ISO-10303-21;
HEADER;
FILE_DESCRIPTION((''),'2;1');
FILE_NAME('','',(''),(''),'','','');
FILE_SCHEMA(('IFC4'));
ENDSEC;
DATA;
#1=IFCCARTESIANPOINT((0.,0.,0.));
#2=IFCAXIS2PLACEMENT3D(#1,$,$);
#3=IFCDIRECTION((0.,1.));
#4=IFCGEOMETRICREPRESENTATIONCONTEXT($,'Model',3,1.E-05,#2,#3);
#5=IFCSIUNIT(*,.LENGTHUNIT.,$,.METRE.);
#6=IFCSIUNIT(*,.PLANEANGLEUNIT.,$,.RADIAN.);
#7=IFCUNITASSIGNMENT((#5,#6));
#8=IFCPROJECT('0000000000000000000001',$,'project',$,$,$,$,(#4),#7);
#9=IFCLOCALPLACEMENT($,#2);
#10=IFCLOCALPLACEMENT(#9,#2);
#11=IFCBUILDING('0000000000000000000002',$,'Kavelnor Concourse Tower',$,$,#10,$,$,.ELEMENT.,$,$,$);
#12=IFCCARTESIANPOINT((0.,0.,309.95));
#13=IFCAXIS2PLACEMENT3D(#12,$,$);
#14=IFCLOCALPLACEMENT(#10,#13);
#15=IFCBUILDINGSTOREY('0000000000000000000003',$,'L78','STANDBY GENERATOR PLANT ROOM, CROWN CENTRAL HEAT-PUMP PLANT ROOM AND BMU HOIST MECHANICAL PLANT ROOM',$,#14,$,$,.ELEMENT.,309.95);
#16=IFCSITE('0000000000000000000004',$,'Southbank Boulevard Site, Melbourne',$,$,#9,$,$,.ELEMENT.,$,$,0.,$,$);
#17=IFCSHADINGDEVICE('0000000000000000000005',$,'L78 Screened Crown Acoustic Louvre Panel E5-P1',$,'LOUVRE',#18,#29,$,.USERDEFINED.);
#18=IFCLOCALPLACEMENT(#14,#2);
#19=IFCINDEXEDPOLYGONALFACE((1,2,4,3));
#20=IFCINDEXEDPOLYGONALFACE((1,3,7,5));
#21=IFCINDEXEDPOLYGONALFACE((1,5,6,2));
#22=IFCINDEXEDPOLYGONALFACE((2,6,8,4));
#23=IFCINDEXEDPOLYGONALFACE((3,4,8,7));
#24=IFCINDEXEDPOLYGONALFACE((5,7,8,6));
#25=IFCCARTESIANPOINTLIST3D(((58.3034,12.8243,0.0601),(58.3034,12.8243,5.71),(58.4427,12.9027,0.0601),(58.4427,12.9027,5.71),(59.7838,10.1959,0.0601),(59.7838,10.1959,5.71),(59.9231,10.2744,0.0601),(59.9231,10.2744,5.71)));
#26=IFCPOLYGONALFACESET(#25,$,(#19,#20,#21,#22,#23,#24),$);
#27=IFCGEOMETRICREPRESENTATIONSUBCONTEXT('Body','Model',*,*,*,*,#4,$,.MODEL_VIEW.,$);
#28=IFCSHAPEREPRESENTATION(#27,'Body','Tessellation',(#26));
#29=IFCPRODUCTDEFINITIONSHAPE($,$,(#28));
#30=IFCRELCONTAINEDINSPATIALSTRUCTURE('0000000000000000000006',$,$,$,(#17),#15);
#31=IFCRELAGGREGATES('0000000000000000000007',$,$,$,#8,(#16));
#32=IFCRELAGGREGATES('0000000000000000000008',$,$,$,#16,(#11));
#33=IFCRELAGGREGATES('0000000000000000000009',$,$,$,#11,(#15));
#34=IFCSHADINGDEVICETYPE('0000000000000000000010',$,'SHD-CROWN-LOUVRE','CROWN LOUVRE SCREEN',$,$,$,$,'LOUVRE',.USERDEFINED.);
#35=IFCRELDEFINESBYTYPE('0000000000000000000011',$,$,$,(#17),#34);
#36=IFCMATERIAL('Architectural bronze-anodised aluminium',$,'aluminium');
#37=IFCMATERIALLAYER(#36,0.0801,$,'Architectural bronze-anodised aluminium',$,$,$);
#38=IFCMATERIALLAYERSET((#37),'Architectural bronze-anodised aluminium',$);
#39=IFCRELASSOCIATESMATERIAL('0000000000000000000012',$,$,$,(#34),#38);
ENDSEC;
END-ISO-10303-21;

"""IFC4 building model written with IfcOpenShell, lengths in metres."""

from ifc_helpers import new_model, si_unit, direction, frame, origin, origin_2d, place, context, subcontext, project, spatial, rectangle, extrude, material, layer, layer_set, type_object, element, save


model = new_model("IFC4")

# Units and contexts
model_context = context("Model", 3, precision=1e-05, world=origin(), true_north=direction((0.0, 1.0)))
body_context = subcontext(model_context, "Body", "Model", "MODEL_VIEW")
ifc_project = project(units=[si_unit("LENGTHUNIT", "METRE"), si_unit("PLANEANGLEUNIT", "RADIAN")], contexts=[model_context])

# Site, building, storey
site_placement = place(None, origin())
site = spatial("IfcSite", under=ifc_project, at=site_placement, Name="Southbank Boulevard Site, Melbourne", CompositionType="ELEMENT", RefElevation=0.0)
building_placement = place(site_placement, origin())
building = spatial("IfcBuilding", under=site, at=building_placement, Name="Kavelnor Concourse Tower", CompositionType="ELEMENT")
storey_placement = place(building_placement, frame((0.0, 0.0, 309.95)))
storey = spatial("IfcBuildingStorey", under=building, at=storey_placement, Name="L78", Description="STANDBY GENERATOR PLANT ROOM, CROWN CENTRAL HEAT-PUMP PLANT ROOM AND BMU HOIST MECHANICAL PLANT ROOM", CompositionType="ELEMENT", Elevation=309.95)

# Shading device
ifc_material_1 = material(Name="Architectural bronze-anodised aluminium", Category="aluminium")
ifc_layer_1 = layer(ifc_material_1, 0.0801, Name="Architectural bronze-anodised aluminium")
ifc_layer_set_1 = layer_set([ifc_layer_1], Name="Architectural bronze-anodised aluminium")
shading_device_type = type_object("IfcShadingDeviceType", Name="SHD-CROWN-LOUVRE", Description="CROWN LOUVRE SCREEN", ElementType="LOUVRE", PredefinedType="USERDEFINED", material=ifc_layer_set_1)
shading_device_placement = place(storey_placement, frame((59.1133, 11.5493, 0.0601), z_axis=(0.0, 0.0, 1.0), x_axis=(-0.490752, 0.871299, 0.0)))
element("IfcShadingDevice", 1, at=shading_device_placement, inside=storey, type_object=shading_device_type, Name="L78 Screened Crown Acoustic Louvre Panel E5-P1", ObjectType="LOUVRE", PredefinedType="USERDEFINED", context=body_context, shape_type="SweptSolid", body=[
    extrude(rectangle(XDim=3.0166, YDim=0.1599, at=origin_2d()), origin(), (0.0, 0.0, 1.0), 5.6499),
])

save(model, "model.ifc")
